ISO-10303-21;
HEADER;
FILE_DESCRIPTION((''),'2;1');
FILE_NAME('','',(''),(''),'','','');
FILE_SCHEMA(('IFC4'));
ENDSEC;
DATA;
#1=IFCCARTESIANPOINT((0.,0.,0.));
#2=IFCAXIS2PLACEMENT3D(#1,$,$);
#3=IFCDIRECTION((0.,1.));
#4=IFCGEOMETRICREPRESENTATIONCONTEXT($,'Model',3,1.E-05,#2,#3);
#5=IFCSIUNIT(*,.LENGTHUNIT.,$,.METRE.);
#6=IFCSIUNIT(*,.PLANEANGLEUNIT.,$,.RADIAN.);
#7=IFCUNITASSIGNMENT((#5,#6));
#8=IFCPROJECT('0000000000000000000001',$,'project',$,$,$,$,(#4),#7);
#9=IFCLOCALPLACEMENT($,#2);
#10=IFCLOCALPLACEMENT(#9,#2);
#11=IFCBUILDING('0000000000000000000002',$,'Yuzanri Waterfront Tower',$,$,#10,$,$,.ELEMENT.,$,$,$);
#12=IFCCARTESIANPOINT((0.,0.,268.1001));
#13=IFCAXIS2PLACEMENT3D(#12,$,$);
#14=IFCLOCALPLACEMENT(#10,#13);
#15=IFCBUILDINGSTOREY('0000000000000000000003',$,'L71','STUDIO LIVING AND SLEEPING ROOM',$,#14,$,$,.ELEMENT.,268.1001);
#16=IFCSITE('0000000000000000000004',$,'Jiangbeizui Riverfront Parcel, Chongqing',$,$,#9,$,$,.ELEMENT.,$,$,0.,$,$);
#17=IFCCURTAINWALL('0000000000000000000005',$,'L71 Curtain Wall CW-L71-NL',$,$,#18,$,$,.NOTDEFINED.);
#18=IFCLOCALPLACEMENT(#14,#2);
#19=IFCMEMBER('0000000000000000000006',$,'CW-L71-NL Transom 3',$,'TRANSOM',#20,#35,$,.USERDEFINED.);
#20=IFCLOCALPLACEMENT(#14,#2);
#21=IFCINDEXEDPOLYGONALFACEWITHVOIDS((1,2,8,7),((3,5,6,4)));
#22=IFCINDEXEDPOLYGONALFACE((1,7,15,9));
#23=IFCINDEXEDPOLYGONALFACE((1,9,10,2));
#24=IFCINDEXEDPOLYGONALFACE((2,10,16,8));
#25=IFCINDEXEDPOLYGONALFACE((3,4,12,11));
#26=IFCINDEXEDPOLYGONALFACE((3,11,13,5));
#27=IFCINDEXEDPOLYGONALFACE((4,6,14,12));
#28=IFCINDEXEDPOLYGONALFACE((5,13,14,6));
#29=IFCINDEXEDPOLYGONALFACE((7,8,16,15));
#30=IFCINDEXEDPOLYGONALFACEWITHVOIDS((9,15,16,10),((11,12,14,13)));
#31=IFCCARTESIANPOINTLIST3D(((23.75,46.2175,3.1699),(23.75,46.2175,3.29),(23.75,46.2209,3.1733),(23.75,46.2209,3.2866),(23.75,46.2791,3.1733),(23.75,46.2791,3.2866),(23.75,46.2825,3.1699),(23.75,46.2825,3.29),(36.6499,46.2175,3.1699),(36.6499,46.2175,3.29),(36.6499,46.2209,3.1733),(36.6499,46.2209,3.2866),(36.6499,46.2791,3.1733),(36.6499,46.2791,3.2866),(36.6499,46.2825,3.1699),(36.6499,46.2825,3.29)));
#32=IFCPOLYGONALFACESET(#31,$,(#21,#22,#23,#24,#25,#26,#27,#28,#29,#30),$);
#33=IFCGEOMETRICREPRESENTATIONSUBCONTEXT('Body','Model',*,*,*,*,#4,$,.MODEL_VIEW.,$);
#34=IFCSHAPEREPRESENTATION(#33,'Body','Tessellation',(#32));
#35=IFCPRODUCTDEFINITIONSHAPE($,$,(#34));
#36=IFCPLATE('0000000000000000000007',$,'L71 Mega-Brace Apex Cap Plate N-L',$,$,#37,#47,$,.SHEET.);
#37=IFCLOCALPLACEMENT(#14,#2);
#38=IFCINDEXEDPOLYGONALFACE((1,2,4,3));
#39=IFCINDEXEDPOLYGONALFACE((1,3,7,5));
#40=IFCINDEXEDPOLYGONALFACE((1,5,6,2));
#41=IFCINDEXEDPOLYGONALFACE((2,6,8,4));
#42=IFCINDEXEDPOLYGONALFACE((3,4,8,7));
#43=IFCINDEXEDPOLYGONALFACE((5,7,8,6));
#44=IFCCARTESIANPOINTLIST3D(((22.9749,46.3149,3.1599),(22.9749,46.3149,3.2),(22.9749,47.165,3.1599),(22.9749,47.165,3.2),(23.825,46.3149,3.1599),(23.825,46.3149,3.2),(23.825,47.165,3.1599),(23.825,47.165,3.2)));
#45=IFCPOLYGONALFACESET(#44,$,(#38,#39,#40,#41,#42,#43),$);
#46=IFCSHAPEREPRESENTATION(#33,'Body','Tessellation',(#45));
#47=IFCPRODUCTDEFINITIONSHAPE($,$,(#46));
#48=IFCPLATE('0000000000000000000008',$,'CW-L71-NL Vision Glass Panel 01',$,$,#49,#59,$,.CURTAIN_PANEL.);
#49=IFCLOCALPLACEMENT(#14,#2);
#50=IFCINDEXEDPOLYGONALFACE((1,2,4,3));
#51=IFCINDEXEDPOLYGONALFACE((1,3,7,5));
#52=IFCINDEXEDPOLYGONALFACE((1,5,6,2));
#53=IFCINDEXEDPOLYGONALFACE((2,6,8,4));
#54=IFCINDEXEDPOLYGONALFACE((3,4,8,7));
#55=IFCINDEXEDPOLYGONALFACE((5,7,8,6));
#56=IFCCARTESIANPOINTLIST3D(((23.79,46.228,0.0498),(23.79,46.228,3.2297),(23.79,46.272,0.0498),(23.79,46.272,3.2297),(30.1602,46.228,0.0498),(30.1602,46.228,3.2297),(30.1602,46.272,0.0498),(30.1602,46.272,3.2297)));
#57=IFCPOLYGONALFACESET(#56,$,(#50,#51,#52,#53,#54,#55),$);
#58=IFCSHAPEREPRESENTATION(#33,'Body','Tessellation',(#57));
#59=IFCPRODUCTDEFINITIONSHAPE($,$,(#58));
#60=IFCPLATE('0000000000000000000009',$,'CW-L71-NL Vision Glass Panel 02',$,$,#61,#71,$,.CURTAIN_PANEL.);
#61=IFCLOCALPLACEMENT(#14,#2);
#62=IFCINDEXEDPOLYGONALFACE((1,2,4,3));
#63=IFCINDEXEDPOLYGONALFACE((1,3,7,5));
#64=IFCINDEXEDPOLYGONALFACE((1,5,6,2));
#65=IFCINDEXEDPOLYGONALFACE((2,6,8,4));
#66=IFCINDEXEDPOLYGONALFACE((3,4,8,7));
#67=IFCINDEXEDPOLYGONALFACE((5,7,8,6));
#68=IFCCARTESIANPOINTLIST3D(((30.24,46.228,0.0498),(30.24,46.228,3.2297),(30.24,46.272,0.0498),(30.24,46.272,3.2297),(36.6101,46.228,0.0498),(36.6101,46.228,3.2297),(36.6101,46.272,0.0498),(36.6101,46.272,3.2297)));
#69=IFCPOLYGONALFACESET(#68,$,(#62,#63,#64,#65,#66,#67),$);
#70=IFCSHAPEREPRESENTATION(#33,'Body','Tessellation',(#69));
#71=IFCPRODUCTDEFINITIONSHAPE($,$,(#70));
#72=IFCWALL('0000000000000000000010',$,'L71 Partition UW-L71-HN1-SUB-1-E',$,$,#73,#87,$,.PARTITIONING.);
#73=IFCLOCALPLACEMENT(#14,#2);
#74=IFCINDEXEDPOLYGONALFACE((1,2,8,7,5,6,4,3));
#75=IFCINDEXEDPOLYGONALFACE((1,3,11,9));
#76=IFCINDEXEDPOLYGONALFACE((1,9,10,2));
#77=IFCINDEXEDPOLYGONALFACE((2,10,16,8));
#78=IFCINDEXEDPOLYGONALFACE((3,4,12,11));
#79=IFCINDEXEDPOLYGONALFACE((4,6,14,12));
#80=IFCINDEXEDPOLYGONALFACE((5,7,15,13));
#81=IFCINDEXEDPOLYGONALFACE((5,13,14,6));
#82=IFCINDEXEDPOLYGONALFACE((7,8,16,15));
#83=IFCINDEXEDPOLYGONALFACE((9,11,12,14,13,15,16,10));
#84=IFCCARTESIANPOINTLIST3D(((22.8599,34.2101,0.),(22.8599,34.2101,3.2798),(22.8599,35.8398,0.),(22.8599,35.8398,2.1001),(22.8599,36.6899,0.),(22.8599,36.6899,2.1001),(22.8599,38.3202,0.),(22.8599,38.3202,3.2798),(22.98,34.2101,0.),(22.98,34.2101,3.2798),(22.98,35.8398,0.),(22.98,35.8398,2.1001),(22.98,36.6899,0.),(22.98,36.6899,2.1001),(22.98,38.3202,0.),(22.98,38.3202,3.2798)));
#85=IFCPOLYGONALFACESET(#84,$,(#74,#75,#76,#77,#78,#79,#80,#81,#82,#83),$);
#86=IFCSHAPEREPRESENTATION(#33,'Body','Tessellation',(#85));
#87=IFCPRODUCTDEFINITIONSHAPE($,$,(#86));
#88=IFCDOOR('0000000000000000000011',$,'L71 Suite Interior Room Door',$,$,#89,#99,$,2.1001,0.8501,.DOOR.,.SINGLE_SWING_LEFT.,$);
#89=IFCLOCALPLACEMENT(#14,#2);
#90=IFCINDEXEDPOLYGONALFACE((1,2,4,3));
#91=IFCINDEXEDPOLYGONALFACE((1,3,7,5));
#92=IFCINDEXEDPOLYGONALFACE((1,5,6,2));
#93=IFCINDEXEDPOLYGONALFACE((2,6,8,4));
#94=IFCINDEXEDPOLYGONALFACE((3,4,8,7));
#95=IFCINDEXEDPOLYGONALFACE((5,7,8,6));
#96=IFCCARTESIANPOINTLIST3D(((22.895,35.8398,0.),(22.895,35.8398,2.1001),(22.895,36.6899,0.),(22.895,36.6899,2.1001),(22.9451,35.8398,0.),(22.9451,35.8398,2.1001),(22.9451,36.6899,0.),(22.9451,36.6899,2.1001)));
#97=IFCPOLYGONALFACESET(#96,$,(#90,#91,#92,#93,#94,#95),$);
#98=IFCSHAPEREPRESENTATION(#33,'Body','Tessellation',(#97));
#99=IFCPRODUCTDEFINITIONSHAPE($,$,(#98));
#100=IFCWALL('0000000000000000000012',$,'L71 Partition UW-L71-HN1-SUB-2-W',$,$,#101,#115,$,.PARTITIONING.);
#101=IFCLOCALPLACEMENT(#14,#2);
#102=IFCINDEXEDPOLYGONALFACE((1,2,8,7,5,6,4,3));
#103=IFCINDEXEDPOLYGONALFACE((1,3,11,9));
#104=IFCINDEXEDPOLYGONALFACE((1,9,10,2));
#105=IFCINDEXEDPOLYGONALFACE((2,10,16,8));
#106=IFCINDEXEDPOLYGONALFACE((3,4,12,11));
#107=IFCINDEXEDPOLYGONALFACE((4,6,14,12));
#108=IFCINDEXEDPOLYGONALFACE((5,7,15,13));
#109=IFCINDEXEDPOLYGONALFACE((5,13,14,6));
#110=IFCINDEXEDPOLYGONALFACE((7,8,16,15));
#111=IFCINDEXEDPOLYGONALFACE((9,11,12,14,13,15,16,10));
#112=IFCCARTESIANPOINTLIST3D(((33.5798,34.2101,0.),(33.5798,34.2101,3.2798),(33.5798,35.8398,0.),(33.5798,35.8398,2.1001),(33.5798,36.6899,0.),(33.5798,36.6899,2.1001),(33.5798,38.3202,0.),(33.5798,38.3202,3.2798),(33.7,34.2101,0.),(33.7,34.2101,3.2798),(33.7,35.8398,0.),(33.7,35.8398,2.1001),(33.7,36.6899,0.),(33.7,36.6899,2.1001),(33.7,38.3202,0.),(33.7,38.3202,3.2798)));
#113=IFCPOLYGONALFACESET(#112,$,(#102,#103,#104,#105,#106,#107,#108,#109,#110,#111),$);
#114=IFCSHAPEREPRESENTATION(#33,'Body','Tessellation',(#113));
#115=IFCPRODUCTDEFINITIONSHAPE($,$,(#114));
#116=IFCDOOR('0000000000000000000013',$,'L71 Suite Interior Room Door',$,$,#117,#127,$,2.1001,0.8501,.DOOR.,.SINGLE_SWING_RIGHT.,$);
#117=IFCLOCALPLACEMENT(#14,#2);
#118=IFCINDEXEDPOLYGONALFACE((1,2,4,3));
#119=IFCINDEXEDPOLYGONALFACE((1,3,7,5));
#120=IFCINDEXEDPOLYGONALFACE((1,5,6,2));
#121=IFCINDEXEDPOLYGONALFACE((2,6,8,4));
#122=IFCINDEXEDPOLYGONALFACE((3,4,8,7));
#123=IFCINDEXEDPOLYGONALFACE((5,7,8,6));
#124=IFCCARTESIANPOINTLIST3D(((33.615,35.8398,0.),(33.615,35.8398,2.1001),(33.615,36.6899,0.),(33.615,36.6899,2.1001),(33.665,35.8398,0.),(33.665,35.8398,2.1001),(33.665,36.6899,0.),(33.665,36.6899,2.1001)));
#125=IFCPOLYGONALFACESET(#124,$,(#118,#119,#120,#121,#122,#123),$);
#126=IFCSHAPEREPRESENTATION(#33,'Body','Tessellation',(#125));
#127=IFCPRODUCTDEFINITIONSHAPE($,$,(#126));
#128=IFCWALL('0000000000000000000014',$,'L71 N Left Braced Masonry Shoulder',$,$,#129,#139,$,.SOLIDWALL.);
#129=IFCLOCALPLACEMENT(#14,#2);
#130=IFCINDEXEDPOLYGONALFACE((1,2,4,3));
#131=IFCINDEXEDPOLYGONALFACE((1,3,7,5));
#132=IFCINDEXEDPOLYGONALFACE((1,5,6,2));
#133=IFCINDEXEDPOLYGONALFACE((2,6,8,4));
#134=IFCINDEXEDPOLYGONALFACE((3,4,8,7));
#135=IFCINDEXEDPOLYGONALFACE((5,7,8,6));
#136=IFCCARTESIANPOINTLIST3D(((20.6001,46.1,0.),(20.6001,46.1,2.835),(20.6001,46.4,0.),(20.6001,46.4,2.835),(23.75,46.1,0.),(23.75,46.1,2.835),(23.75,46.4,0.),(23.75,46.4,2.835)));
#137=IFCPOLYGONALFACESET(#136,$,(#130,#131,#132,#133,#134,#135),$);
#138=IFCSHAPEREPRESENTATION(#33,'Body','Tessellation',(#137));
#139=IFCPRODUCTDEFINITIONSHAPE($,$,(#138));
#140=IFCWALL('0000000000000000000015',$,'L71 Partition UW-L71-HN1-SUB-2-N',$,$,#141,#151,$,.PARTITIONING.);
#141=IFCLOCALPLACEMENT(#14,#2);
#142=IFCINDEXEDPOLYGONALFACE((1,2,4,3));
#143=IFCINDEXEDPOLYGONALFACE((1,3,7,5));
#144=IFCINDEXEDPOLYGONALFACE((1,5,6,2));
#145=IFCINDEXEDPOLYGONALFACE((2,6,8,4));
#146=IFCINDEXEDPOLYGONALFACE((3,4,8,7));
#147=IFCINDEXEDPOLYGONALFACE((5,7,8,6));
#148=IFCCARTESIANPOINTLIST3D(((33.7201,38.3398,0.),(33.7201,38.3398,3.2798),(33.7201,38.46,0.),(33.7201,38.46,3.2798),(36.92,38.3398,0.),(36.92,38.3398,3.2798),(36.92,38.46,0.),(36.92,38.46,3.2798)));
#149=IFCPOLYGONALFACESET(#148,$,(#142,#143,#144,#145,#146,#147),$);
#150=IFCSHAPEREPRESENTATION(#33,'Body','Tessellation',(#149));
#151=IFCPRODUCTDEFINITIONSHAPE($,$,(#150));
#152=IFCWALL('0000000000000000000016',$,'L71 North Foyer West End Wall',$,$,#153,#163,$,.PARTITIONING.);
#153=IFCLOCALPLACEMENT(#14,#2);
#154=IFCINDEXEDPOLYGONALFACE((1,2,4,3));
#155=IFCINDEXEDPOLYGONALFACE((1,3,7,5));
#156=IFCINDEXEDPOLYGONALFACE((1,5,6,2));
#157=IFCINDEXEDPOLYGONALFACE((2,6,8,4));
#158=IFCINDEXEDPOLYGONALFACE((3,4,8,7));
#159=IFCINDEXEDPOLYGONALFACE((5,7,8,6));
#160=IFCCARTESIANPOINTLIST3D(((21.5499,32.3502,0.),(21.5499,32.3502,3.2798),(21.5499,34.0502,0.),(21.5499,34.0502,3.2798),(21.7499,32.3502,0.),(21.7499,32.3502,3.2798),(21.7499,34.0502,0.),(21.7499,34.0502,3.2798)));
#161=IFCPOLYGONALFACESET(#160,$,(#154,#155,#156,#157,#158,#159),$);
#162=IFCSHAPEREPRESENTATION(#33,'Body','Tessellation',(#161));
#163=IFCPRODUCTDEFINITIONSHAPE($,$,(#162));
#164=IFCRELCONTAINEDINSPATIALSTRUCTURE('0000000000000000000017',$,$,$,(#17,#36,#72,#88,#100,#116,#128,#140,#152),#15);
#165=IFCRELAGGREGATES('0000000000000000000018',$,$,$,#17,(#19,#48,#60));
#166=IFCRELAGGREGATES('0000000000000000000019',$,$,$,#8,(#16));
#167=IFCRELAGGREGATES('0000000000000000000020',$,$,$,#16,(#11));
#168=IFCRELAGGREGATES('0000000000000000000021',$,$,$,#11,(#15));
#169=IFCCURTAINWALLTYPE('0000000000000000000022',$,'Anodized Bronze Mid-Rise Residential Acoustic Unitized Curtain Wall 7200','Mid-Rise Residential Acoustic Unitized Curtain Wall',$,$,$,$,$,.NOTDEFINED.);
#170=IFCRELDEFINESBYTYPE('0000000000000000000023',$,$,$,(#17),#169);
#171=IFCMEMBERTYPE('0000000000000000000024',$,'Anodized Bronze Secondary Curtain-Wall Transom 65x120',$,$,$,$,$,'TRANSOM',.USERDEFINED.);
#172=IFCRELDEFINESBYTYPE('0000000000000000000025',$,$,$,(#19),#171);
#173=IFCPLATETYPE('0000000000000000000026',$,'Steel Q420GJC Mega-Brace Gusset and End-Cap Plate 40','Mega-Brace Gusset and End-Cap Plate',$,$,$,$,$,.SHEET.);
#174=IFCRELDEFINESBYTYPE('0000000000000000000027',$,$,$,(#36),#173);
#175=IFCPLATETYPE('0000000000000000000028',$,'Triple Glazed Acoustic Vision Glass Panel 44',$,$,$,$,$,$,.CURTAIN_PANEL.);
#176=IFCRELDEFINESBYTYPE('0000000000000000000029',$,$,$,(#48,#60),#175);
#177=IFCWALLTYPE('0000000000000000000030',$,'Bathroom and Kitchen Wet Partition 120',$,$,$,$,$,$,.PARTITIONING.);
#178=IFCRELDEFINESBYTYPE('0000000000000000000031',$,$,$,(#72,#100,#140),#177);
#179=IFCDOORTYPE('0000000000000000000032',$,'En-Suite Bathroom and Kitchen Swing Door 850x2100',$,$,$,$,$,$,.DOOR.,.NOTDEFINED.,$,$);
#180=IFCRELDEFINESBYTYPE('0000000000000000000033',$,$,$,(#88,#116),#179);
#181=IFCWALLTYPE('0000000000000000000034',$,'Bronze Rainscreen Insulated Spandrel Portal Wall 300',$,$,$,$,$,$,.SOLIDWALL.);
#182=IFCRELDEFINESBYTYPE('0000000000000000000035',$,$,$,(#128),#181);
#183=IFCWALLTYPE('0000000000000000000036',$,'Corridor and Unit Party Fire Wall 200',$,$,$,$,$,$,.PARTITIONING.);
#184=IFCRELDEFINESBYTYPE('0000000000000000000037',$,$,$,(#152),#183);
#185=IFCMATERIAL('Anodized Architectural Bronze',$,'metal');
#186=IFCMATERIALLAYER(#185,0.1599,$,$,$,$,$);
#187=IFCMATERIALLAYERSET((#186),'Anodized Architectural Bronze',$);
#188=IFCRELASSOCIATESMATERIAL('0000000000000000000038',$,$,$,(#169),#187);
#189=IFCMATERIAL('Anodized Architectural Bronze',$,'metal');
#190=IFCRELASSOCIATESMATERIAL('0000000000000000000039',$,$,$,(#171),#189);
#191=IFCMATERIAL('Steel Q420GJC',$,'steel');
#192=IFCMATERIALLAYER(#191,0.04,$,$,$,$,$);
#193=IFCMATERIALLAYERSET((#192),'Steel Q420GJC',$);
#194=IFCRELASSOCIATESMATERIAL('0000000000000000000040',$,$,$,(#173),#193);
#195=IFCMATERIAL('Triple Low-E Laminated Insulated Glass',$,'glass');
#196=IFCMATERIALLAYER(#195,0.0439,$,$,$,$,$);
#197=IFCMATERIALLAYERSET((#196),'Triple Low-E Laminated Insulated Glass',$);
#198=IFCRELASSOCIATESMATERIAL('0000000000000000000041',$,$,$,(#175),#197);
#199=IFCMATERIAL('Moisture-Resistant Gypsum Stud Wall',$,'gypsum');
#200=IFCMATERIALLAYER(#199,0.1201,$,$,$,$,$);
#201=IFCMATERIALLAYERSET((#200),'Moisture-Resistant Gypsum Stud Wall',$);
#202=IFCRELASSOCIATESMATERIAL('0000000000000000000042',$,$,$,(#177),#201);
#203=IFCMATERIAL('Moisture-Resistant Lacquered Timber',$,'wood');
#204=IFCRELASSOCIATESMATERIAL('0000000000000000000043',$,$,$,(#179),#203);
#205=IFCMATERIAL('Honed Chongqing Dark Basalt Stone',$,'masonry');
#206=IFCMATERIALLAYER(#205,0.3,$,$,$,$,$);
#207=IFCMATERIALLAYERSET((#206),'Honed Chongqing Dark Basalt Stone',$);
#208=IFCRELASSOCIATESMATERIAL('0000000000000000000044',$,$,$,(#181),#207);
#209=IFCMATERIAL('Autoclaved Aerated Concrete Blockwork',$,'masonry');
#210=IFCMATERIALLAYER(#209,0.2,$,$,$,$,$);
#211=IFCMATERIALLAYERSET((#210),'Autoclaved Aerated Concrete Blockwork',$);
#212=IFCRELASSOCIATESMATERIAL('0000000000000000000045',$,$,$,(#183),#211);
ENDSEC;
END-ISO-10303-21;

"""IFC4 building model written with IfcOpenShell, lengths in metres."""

from ifc_helpers import new_model, si_unit, direction, frame, frame_2d, origin, origin_2d, place, context, subcontext, project, spatial, rectangle, hollow_rectangle, extrude, source, transform, mapped, material, layer, layer_set, material_profile, profile_set, type_object, element, fill, aggregate, save


model = new_model("IFC4")

# Units and contexts
model_context = context("Model", 3, precision=1e-05, world=origin(), true_north=direction((0.0, 1.0)))
body_context = subcontext(model_context, "Body", "Model", "MODEL_VIEW")
ifc_project = project(units=[si_unit("LENGTHUNIT", "METRE"), si_unit("PLANEANGLEUNIT", "RADIAN")], contexts=[model_context])

# Site, building, storey
site_placement = place(None, origin())
site = spatial("IfcSite", under=ifc_project, at=site_placement, Name="Jiangbeizui Riverfront Parcel, Chongqing", CompositionType="ELEMENT", RefElevation=0.0)
building_placement = place(site_placement, origin())
building = spatial("IfcBuilding", under=site, at=building_placement, Name="Yuzanri Waterfront Tower", CompositionType="ELEMENT")
storey_placement = place(building_placement, frame((0.0, 0.0, 268.1001)))
storey = spatial("IfcBuildingStorey", under=building, at=storey_placement, Name="L71", Description="STUDIO LIVING AND SLEEPING ROOM", CompositionType="ELEMENT", Elevation=268.1001)

# Curtain wall, member
ifc_material_1 = material(Name="Anodized Architectural Bronze", Category="metal")
ifc_layer_1 = layer(ifc_material_1, 0.1599)
ifc_layer_set_1 = layer_set([ifc_layer_1], Name="Anodized Architectural Bronze")
curtain_wall_type = type_object("IfcCurtainWallType", Name="Anodized Bronze Mid-Rise Residential Acoustic Unitized Curtain Wall 7200", Description="Mid-Rise Residential Acoustic Unitized Curtain Wall", PredefinedType="NOTDEFINED", material=ifc_layer_set_1)
curtain_wall_placement = place(storey_placement, origin())
curtain_wall = element("IfcCurtainWall", 1, at=curtain_wall_placement, inside=storey, type_object=curtain_wall_type, Name="L71 Curtain Wall CW-L71-NL", PredefinedType="NOTDEFINED")
ifc_material_2 = material(Name="Anodized Architectural Bronze", Category="metal")
ifc_material_profile_1 = material_profile(ifc_material_2, hollow_rectangle(XDim=0.0649, YDim=0.1201, WallThickness=0.0034, at=origin_2d()), Name="CWT 65x120")
ifc_profile_set_1 = profile_set([ifc_material_profile_1], Name="Anodized Architectural Bronze")
member_type_1 = type_object("IfcMemberType", Name="Anodized Bronze Secondary Curtain-Wall Transom 65x120", ElementType="TRANSOM", PredefinedType="USERDEFINED", material=ifc_profile_set_1)
shared_shape_1 = source(origin(), body_context, "Body", "SweptSolid", [
    extrude(hollow_rectangle(XDim=0.0649, YDim=0.1201, WallThickness=0.0034, at=origin_2d()), origin(), (0.0, 0.0, 1.0), 12.8999),
])
member_1_placement = place(storey_placement, frame((23.75, 46.25, 3.23), z_axis=(1.0, 0.0, 0.0), x_axis=(0.0, 1.0, 0.0)))
member_1 = element("IfcMember", 2, at=member_1_placement, type_object=member_type_1, Name="CW-L71-NL Transom 3", ObjectType="TRANSOM", PredefinedType="USERDEFINED", context=body_context, shape_type="MappedRepresentation", body=[
    mapped(shared_shape_1, transform((0.0, 0.0, 0.0), scale=1.0)),
])

# Plates
ifc_material_3 = material(Name="Steel Q420GJC", Category="steel")
ifc_layer_2 = layer(ifc_material_3, 0.04)
ifc_layer_set_2 = layer_set([ifc_layer_2], Name="Steel Q420GJC")
plate_type_1 = type_object("IfcPlateType", Name="Steel Q420GJC Mega-Brace Gusset and End-Cap Plate 40", Description="Mega-Brace Gusset and End-Cap Plate", PredefinedType="SHEET", material=ifc_layer_set_2)
shared_shape_2 = source(origin(), body_context, "Body", "SweptSolid", [
    extrude(rectangle(XDim=0.8501, YDim=0.8501, at=origin_2d()), origin(), (0.0, 0.0, 1.0), 0.04),
])
plate_1_placement = place(storey_placement, frame((23.3999, 46.74, 3.1599), z_axis=(0.0, 0.0, 1.0), x_axis=(1.0, 0.0, 0.0)))
element("IfcPlate", 3, at=plate_1_placement, inside=storey, type_object=plate_type_1, Name="L71 Mega-Brace Apex Cap Plate N-L", PredefinedType="SHEET", context=body_context, shape_type="MappedRepresentation", body=[
    mapped(shared_shape_2, transform((0.0, 0.0, 0.0), scale=1.0)),
])
ifc_material_4 = material(Name="Triple Low-E Laminated Insulated Glass", Category="glass")
ifc_layer_3 = layer(ifc_material_4, 0.0439)
ifc_layer_set_3 = layer_set([ifc_layer_3], Name="Triple Low-E Laminated Insulated Glass")
plate_type_2 = type_object("IfcPlateType", Name="Triple Glazed Acoustic Vision Glass Panel 44", PredefinedType="CURTAIN_PANEL", material=ifc_layer_set_3)
shared_shape_3 = source(origin(), body_context, "Body", "SweptSolid", [
    extrude(rectangle(XDim=6.3701, YDim=0.0439, at=origin_2d()), origin(), (0.0, 0.0, 1.0), 3.1799),
])
plate_2_placement = place(storey_placement, frame((26.9751, 46.25, 0.0498), z_axis=(0.0, 0.0, 1.0), x_axis=(1.0, 0.0, 0.0)))
plate_2 = element("IfcPlate", 4, at=plate_2_placement, type_object=plate_type_2, Name="CW-L71-NL Vision Glass Panel 01", PredefinedType="CURTAIN_PANEL", context=body_context, shape_type="MappedRepresentation", body=[
    mapped(shared_shape_3, transform((0.0, 0.0, 0.0), scale=1.0)),
])
plate_3_placement = place(storey_placement, frame((33.425, 46.25, 0.0498), z_axis=(0.0, 0.0, 1.0), x_axis=(1.0, 0.0, 0.0)))
plate_3 = element("IfcPlate", 5, at=plate_3_placement, type_object=plate_type_2, Name="CW-L71-NL Vision Glass Panel 02", PredefinedType="CURTAIN_PANEL", context=body_context, shape_type="MappedRepresentation", body=[
    mapped(shared_shape_3, transform((0.0, 0.0, 0.0), scale=1.0)),
])
aggregate(curtain_wall, [member_1, plate_2, plate_3])

# Walls, openings, doors
ifc_material_5 = material(Name="Moisture-Resistant Gypsum Stud Wall", Category="gypsum")
ifc_layer_4 = layer(ifc_material_5, 0.1201)
ifc_layer_set_4 = layer_set([ifc_layer_4], Name="Moisture-Resistant Gypsum Stud Wall")
wall_type_1 = type_object("IfcWallType", Name="Bathroom and Kitchen Wet Partition 120", PredefinedType="PARTITIONING", material=ifc_layer_set_4)
wall_1_placement = place(storey_placement, frame((22.9199, 34.21, 0.0), z_axis=(0.0, 0.0, 1.0), x_axis=(0.0, 1.0, 0.0)))
wall_1 = element("IfcWall", 6, at=wall_1_placement, inside=storey, type_object=wall_type_1, Name="L71 Partition UW-L71-HN1-SUB-1-E", PredefinedType="PARTITIONING", context=body_context, shape_type="SweptSolid", body=[
    extrude(rectangle(XDim=4.1101, YDim=0.1201, at=frame_2d((2.0552, 0.0))), origin(), (0.0, 0.0, 1.0), 3.2798),
])
opening_1_placement = place(wall_1_placement, frame((1.6299, 0.0, 0.0)))
opening_1 = element("IfcOpeningElement", 7, at=opening_1_placement, cuts=wall_1, PredefinedType="OPENING", context=body_context, shape_type="SweptSolid", body=[
    extrude(rectangle(XDim=0.8501, YDim=2.1001, at=frame_2d((0.425, 1.05))), frame((0.0, 0.075, 0.0), z_axis=(0.0, -1.0, 0.0), x_axis=(1.0, 0.0, 0.0)), (0.0, 0.0, 1.0), 0.1499),
])
ifc_material_6 = material(Name="Moisture-Resistant Lacquered Timber", Category="wood")
door_type = type_object("IfcDoorType", Name="En-Suite Bathroom and Kitchen Swing Door 850x2100", OperationType="NOTDEFINED", PredefinedType="DOOR", material=ifc_material_6)
shared_shape_4 = source(origin(), body_context, "Body", "SweptSolid", [
    extrude(rectangle(XDim=0.8501, YDim=2.1001, at=frame_2d((0.425, 1.05))), frame((0.0, 0.0249, 0.0), z_axis=(0.0, -1.0, 0.0), x_axis=(1.0, 0.0, 0.0)), (0.0, 0.0, 1.0), 0.05),
])
door_1_placement = place(opening_1_placement, origin())
door_1 = element("IfcDoor", 8, at=door_1_placement, inside=storey, type_object=door_type, Name="L71 Suite Interior Room Door", OperationType="SINGLE_SWING_LEFT", OverallHeight=2.1001, OverallWidth=0.8501, PredefinedType="DOOR", context=body_context, shape_type="MappedRepresentation", body=[
    mapped(shared_shape_4, transform((0.0, 0.0, 0.0), scale=1.0)),
])
fill(opening_1, door_1)
wall_2_placement = place(storey_placement, frame((33.6399, 34.21, 0.0), z_axis=(0.0, 0.0, 1.0), x_axis=(0.0, 1.0, 0.0)))
wall_2 = element("IfcWall", 9, at=wall_2_placement, inside=storey, type_object=wall_type_1, Name="L71 Partition UW-L71-HN1-SUB-2-W", PredefinedType="PARTITIONING", context=body_context, shape_type="SweptSolid", body=[
    extrude(rectangle(XDim=4.1101, YDim=0.1201, at=frame_2d((2.0552, 0.0))), origin(), (0.0, 0.0, 1.0), 3.2798),
])
opening_2_placement = place(wall_2_placement, frame((1.6299, 0.0, 0.0)))
opening_2 = element("IfcOpeningElement", 10, at=opening_2_placement, cuts=wall_2, PredefinedType="OPENING", context=body_context, shape_type="SweptSolid", body=[
    extrude(rectangle(XDim=0.8501, YDim=2.1001, at=frame_2d((0.425, 1.05))), frame((0.0, 0.075, 0.0), z_axis=(0.0, -1.0, 0.0), x_axis=(1.0, 0.0, 0.0)), (0.0, 0.0, 1.0), 0.1499),
])
door_2_placement = place(opening_2_placement, origin())
door_2 = element("IfcDoor", 11, at=door_2_placement, inside=storey, type_object=door_type, Name="L71 Suite Interior Room Door", OperationType="SINGLE_SWING_RIGHT", OverallHeight=2.1001, OverallWidth=0.8501, PredefinedType="DOOR", context=body_context, shape_type="MappedRepresentation", body=[
    mapped(shared_shape_4, transform((0.0, 0.0, 0.0), scale=1.0)),
])
fill(opening_2, door_2)

# Walls
ifc_material_7 = material(Name="Honed Chongqing Dark Basalt Stone", Category="masonry")
ifc_layer_5 = layer(ifc_material_7, 0.3)
ifc_layer_set_5 = layer_set([ifc_layer_5], Name="Honed Chongqing Dark Basalt Stone")
wall_type_2 = type_object("IfcWallType", Name="Bronze Rainscreen Insulated Spandrel Portal Wall 300", PredefinedType="SOLIDWALL", material=ifc_layer_set_5)
shared_shape_5 = source(origin(), body_context, "Body", "SweptSolid", [
    extrude(rectangle(XDim=3.1499, YDim=0.3, at=frame_2d((1.575, 0.0))), origin(), (0.0, 0.0, 1.0), 2.835),
])
wall_3_placement = place(storey_placement, frame((20.6001, 46.25, 0.0), z_axis=(0.0, 0.0, 1.0), x_axis=(1.0, 0.0, 0.0)))
element("IfcWall", 12, at=wall_3_placement, inside=storey, type_object=wall_type_2, Name="L71 N Left Braced Masonry Shoulder", PredefinedType="SOLIDWALL", context=body_context, shape_type="MappedRepresentation", body=[
    mapped(shared_shape_5, transform((0.0, 0.0, 0.0), scale=1.0)),
])
shared_shape_6 = source(origin(), body_context, "Body", "SweptSolid", [
    extrude(rectangle(XDim=3.2, YDim=0.1201, at=frame_2d((1.6001, 0.0))), origin(), (0.0, 0.0, 1.0), 3.2798),
])
wall_4_placement = place(storey_placement, frame((33.72, 38.3999, 0.0), z_axis=(0.0, 0.0, 1.0), x_axis=(1.0, 0.0, 0.0)))
element("IfcWall", 13, at=wall_4_placement, inside=storey, type_object=wall_type_1, Name="L71 Partition UW-L71-HN1-SUB-2-N", PredefinedType="PARTITIONING", context=body_context, shape_type="MappedRepresentation", body=[
    mapped(shared_shape_6, transform((0.0, 0.0, 0.0), scale=1.0)),
])
ifc_material_8 = material(Name="Autoclaved Aerated Concrete Blockwork", Category="masonry")
ifc_layer_6 = layer(ifc_material_8, 0.2)
ifc_layer_set_6 = layer_set([ifc_layer_6], Name="Autoclaved Aerated Concrete Blockwork")
wall_type_3 = type_object("IfcWallType", Name="Corridor and Unit Party Fire Wall 200", PredefinedType="PARTITIONING", material=ifc_layer_set_6)
shared_shape_7 = source(origin(), body_context, "Body", "SweptSolid", [
    extrude(rectangle(XDim=1.7, YDim=0.2, at=frame_2d((0.8501, 0.0))), origin(), (0.0, 0.0, 1.0), 3.2798),
])
wall_5_placement = place(storey_placement, frame((21.6499, 32.3501, 0.0), z_axis=(0.0, 0.0, 1.0), x_axis=(0.0, 1.0, 0.0)))
element("IfcWall", 14, at=wall_5_placement, inside=storey, type_object=wall_type_3, Name="L71 North Foyer West End Wall", PredefinedType="PARTITIONING", context=body_context, shape_type="MappedRepresentation", body=[
    mapped(shared_shape_7, transform((0.0, 0.0, 0.0), scale=1.0)),
])

save(model, "model.ifc")
